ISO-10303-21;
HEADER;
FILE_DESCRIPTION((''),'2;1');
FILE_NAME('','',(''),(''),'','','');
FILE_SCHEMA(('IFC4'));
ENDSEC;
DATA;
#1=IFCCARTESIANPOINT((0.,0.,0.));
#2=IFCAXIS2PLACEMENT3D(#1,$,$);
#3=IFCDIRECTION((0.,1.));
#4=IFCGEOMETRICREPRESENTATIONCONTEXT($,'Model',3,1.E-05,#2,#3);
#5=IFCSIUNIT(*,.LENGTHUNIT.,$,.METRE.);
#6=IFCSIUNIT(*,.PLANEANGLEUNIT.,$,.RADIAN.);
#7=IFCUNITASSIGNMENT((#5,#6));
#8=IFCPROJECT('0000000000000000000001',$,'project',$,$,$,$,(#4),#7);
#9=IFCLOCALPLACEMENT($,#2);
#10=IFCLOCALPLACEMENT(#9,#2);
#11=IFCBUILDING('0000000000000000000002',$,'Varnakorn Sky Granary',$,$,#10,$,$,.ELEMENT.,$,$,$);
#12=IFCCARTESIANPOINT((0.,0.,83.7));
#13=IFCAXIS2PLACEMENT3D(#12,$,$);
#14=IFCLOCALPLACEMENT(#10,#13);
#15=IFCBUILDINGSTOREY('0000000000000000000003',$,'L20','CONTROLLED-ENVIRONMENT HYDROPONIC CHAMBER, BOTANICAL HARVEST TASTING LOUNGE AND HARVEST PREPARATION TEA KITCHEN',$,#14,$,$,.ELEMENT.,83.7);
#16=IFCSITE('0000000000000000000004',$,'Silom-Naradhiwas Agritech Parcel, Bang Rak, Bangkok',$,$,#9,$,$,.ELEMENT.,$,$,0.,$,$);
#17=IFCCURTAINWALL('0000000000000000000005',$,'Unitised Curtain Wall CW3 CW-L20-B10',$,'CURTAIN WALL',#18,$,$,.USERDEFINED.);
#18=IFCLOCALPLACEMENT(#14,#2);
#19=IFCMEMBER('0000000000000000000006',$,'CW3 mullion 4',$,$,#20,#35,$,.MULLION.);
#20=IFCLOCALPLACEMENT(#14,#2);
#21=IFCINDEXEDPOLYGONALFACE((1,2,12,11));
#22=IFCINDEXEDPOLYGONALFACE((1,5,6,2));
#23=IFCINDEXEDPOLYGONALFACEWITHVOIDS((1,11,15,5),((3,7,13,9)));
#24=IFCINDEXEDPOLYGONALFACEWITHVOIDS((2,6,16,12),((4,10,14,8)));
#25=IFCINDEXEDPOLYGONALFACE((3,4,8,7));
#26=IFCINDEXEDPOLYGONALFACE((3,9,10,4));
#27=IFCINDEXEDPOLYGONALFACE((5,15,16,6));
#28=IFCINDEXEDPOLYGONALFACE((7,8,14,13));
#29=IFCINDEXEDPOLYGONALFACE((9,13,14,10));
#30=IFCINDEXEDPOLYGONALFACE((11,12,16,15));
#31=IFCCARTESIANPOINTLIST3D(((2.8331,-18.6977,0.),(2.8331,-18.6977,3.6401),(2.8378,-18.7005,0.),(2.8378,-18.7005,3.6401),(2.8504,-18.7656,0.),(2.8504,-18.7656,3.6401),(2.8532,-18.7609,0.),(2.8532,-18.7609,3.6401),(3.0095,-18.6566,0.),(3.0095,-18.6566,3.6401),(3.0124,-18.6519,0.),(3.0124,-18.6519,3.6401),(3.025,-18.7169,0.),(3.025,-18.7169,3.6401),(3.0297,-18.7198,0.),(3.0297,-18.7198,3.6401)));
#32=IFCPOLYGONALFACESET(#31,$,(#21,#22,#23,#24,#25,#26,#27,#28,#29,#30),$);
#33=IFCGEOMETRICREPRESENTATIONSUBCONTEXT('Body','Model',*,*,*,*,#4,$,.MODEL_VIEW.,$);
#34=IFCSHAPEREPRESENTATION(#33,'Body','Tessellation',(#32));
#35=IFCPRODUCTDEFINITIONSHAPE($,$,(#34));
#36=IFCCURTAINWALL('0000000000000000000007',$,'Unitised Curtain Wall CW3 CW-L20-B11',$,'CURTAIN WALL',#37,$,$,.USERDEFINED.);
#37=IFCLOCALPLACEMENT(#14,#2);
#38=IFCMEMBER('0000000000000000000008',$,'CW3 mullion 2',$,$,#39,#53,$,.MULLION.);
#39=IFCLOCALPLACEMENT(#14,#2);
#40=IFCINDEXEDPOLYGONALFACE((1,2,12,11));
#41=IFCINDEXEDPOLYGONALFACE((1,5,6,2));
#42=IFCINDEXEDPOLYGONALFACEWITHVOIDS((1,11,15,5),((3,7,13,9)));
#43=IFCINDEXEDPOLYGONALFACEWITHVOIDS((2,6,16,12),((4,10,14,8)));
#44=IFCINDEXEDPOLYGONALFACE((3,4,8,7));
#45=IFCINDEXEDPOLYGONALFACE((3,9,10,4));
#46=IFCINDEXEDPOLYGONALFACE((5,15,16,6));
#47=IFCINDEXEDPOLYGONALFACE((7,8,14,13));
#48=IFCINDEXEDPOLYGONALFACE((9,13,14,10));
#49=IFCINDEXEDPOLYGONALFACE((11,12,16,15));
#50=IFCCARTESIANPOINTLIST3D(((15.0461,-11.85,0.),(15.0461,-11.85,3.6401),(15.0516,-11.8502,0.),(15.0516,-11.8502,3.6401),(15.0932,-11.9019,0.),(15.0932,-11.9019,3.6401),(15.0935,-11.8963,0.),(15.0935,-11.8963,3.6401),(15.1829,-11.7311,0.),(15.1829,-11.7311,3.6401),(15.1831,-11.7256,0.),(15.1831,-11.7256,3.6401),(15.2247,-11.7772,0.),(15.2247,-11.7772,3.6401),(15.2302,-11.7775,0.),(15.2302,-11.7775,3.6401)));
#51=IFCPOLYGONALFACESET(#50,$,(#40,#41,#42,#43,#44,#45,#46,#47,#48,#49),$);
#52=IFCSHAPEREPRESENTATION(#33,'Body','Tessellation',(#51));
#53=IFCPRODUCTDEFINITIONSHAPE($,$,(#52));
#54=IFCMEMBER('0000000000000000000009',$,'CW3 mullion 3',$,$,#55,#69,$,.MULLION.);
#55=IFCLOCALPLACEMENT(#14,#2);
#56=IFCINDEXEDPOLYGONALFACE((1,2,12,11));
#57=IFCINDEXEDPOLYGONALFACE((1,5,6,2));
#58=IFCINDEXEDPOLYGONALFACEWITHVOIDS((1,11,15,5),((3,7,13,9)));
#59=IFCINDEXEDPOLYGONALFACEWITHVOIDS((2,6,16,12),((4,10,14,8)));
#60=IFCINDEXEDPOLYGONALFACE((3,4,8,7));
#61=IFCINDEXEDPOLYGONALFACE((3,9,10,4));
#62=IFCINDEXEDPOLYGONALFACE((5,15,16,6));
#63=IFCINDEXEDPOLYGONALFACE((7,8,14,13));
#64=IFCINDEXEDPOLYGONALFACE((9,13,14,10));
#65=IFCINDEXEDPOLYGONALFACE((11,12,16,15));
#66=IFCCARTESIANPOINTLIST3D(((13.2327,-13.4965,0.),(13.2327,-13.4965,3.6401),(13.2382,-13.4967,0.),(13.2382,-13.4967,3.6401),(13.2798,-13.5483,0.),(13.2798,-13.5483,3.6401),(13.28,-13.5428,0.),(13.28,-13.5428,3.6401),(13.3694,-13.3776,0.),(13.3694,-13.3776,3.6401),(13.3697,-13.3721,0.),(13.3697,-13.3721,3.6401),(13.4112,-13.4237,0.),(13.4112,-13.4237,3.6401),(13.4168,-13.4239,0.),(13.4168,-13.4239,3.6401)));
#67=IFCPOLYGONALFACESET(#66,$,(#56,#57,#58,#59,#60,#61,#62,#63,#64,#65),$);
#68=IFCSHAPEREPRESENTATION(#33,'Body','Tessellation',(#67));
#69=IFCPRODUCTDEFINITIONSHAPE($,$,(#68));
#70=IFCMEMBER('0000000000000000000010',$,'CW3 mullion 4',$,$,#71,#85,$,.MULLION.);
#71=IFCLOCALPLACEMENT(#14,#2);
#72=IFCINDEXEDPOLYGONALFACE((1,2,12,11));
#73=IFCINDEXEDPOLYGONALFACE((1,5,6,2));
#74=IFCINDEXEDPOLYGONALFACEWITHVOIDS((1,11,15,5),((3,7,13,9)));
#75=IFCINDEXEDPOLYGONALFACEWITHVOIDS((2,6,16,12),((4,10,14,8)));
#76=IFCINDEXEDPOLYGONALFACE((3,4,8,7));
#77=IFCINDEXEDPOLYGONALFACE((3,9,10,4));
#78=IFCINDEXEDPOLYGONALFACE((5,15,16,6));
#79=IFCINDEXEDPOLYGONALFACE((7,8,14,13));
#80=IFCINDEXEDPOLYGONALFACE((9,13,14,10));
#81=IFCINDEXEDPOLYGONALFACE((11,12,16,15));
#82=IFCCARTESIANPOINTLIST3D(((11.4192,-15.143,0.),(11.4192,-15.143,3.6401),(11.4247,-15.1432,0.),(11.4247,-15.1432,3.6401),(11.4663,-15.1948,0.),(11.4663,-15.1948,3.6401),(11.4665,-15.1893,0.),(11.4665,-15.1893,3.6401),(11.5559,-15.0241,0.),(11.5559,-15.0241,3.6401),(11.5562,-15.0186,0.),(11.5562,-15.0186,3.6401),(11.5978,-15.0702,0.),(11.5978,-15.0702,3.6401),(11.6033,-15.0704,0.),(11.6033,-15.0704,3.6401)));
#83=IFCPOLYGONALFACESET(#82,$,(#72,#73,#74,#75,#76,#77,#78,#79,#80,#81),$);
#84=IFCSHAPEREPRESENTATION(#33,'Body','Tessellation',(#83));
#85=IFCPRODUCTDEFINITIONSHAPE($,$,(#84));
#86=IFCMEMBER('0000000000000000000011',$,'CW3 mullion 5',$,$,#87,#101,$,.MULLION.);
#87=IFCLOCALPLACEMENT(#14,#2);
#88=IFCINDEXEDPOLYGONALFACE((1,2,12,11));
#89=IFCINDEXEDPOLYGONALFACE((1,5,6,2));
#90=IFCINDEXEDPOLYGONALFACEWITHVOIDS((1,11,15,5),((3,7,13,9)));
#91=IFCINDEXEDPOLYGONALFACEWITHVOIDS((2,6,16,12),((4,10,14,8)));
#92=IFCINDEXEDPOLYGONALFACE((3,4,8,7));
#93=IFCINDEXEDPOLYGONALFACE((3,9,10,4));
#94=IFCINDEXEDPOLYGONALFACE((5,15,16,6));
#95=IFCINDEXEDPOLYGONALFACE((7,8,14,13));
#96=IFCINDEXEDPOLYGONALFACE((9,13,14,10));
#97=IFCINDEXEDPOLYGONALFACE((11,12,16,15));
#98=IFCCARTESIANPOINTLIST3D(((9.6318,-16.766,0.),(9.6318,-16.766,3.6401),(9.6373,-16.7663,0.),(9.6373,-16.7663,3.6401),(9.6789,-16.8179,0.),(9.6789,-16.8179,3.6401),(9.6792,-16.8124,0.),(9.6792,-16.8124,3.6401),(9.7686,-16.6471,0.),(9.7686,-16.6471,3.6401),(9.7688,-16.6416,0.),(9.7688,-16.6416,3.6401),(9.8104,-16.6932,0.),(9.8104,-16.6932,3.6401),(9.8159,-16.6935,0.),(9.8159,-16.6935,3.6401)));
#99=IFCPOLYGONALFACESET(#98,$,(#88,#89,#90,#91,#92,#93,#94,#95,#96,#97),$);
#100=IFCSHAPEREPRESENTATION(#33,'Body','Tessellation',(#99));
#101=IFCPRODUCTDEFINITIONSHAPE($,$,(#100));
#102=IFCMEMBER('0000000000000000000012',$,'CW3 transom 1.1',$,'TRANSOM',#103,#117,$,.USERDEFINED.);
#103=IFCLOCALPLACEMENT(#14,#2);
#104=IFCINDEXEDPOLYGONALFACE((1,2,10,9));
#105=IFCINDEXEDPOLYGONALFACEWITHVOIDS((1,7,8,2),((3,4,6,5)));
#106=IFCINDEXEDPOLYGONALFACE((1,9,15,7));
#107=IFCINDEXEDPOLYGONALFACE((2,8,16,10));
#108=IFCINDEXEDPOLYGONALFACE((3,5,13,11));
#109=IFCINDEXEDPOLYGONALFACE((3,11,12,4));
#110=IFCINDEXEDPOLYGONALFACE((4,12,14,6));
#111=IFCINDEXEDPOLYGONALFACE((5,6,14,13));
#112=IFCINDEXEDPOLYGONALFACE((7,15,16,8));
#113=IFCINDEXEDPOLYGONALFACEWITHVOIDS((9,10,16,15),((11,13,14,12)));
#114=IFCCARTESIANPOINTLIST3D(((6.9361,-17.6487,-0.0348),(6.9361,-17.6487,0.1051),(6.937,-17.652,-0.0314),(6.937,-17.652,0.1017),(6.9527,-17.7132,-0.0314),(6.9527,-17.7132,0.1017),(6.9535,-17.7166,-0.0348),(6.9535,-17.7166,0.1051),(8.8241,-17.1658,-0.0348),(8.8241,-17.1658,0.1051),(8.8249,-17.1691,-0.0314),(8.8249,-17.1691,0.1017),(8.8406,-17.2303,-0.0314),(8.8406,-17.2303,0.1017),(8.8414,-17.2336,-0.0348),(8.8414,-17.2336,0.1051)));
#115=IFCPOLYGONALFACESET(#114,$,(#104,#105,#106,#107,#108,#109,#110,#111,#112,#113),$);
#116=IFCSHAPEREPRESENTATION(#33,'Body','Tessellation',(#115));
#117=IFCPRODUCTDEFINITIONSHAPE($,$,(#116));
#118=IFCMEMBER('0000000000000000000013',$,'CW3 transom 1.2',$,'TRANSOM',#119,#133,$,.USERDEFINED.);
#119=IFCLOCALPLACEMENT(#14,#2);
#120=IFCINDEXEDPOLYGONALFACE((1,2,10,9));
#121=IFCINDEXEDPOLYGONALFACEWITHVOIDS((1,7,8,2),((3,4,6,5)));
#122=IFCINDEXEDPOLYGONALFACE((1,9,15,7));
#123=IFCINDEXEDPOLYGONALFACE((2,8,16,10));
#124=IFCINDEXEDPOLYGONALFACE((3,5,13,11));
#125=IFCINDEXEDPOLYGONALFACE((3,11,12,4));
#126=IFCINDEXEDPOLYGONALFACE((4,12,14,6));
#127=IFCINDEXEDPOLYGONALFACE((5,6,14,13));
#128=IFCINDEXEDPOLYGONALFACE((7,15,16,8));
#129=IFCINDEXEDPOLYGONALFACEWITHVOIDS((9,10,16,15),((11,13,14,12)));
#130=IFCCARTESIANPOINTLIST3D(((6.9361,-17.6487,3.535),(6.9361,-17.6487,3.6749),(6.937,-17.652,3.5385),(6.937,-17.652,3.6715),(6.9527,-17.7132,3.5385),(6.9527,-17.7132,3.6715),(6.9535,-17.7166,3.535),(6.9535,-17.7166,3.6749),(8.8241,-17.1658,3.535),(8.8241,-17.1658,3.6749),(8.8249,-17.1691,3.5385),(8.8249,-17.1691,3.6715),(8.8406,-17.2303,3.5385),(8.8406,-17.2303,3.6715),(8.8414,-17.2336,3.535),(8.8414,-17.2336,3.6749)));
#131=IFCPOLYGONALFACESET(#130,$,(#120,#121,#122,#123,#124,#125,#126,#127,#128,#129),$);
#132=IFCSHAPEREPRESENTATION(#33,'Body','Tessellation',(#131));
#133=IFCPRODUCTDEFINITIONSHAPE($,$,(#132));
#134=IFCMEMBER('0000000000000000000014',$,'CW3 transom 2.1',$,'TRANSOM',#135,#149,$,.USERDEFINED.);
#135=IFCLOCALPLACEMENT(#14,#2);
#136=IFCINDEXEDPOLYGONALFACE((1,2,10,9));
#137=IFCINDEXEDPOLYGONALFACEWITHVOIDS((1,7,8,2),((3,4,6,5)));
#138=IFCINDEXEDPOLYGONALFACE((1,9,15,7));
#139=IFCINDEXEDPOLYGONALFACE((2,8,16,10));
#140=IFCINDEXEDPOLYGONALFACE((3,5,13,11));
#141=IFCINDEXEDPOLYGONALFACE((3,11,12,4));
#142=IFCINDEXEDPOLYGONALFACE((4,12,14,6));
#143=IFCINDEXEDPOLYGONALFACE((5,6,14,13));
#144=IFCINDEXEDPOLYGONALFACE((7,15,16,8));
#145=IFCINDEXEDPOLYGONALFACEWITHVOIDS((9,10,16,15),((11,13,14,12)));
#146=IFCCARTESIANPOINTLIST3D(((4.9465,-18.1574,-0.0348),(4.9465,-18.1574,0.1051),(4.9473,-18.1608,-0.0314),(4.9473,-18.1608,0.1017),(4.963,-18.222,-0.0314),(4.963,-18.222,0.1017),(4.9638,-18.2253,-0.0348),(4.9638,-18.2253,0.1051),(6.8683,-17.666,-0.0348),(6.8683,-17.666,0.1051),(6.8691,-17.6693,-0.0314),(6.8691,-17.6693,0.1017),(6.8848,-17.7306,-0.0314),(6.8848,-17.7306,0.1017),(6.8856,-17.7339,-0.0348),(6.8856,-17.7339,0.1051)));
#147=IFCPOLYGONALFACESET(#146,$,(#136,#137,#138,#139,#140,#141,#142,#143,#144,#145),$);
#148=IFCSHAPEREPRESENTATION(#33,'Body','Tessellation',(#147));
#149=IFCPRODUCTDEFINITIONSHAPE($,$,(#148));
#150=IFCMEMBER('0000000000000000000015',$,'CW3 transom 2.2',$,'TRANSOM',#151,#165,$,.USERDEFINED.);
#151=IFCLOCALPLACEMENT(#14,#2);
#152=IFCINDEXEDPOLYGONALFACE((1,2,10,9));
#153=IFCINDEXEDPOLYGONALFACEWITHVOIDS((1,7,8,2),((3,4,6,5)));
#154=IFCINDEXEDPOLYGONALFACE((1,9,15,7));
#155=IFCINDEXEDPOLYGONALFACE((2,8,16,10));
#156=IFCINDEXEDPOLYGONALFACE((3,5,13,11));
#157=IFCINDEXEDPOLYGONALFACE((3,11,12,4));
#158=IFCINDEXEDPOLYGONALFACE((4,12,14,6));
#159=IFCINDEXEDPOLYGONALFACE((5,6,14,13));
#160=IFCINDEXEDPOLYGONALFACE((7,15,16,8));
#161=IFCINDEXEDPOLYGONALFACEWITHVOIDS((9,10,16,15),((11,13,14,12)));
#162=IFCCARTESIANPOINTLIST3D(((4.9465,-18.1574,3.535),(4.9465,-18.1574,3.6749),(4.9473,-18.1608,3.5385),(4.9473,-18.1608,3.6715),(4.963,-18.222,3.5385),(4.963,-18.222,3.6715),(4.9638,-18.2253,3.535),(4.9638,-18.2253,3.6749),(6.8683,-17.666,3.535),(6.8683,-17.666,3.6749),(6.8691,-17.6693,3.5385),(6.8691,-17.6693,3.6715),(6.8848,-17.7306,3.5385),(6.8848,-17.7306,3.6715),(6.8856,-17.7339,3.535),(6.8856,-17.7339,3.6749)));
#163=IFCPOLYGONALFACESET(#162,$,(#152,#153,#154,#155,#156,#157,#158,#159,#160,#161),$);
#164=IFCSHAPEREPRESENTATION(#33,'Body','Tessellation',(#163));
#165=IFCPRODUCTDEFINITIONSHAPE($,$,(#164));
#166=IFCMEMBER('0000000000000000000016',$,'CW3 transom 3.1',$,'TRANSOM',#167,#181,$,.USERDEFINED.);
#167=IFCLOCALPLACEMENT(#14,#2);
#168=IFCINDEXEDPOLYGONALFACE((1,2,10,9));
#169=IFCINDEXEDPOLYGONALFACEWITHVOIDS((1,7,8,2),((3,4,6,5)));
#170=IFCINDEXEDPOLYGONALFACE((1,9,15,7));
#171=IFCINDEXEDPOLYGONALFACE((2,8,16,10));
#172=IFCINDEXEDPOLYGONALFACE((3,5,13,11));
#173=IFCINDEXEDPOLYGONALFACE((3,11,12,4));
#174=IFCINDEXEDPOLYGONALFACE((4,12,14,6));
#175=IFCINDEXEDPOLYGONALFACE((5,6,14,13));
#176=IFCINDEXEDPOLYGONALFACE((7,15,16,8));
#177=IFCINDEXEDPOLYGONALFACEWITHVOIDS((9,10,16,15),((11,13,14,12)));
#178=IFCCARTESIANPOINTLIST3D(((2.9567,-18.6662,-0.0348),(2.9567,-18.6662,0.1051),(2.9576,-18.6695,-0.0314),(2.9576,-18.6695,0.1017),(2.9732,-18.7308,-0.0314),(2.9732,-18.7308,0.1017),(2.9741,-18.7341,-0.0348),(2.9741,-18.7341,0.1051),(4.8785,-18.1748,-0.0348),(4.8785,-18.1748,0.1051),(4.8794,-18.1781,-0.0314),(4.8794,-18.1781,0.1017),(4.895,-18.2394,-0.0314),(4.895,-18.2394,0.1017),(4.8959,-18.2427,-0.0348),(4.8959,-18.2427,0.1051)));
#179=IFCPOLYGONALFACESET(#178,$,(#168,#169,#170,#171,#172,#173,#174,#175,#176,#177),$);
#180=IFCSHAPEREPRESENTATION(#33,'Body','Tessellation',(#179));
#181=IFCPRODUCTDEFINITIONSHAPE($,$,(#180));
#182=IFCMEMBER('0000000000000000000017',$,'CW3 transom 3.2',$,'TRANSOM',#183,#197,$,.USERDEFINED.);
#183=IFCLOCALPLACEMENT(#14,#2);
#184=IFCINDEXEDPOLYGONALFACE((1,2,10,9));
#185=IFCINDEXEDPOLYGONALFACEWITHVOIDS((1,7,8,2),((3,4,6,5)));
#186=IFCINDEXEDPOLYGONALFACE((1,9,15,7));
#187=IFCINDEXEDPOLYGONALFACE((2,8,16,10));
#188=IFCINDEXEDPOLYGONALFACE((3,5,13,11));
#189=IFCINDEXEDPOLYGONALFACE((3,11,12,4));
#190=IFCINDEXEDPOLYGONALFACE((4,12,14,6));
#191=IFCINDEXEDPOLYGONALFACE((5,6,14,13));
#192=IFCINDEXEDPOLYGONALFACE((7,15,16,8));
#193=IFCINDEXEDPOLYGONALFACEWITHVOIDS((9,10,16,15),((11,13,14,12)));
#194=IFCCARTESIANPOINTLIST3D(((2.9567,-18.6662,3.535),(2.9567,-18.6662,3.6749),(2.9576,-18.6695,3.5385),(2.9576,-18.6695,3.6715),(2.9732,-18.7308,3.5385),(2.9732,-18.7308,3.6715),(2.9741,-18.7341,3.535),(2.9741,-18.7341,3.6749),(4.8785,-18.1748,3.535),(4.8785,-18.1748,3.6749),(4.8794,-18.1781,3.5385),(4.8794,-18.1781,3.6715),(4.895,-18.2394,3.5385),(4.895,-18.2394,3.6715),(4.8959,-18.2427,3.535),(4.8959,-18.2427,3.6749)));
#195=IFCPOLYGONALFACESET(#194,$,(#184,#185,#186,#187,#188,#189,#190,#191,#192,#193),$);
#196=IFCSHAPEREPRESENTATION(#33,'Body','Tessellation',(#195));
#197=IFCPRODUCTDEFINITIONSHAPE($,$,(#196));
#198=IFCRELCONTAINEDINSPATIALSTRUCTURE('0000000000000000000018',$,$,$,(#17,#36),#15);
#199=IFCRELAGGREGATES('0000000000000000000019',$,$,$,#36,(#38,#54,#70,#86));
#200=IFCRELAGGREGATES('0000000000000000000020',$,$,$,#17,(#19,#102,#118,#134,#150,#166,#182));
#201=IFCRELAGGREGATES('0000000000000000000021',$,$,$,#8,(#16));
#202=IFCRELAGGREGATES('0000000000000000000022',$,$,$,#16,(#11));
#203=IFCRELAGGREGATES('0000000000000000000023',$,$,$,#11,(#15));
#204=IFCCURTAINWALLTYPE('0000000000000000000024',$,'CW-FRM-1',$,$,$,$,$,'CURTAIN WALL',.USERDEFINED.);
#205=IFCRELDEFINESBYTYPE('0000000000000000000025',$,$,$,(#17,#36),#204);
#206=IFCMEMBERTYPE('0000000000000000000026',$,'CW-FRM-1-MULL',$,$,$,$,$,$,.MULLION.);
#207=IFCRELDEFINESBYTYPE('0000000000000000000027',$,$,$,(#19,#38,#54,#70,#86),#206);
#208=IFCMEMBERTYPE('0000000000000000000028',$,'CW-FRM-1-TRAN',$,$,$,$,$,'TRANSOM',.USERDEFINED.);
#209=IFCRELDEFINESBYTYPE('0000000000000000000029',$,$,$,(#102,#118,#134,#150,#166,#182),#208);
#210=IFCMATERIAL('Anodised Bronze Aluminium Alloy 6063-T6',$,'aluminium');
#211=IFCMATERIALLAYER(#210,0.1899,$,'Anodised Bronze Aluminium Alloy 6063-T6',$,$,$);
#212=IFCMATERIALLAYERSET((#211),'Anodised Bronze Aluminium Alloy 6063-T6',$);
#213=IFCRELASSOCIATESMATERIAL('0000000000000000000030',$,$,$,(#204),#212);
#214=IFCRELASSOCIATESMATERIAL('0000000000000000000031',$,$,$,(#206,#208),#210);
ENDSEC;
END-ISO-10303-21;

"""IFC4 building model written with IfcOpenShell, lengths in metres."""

from ifc_helpers import new_model, si_unit, direction, frame, origin, origin_2d, place, context, subcontext, project, spatial, hollow_rectangle, extrude, material, layer, layer_set, material_profile, profile_set, type_object, element, aggregate, save


model = new_model("IFC4")

# Units and contexts
model_context = context("Model", 3, precision=1e-05, world=origin(), true_north=direction((0.0, 1.0)))
body_context = subcontext(model_context, "Body", "Model", "MODEL_VIEW")
ifc_project = project(units=[si_unit("LENGTHUNIT", "METRE"), si_unit("PLANEANGLEUNIT", "RADIAN")], contexts=[model_context])

# Site, building, storey
site_placement = place(None, origin())
site = spatial("IfcSite", under=ifc_project, at=site_placement, Name="Silom-Naradhiwas Agritech Parcel, Bang Rak, Bangkok", CompositionType="ELEMENT", RefElevation=0.0)
building_placement = place(site_placement, origin())
building = spatial("IfcBuilding", under=site, at=building_placement, Name="Varnakorn Sky Granary", CompositionType="ELEMENT")
storey_placement = place(building_placement, frame((0.0, 0.0, 83.7)))
storey = spatial("IfcBuildingStorey", under=building, at=storey_placement, Name="L20", Description="CONTROLLED-ENVIRONMENT HYDROPONIC CHAMBER, BOTANICAL HARVEST TASTING LOUNGE AND HARVEST PREPARATION TEA KITCHEN", CompositionType="ELEMENT", Elevation=83.7)

# Curtain walls, members
ifc_material_1 = material(Name="Anodised Bronze Aluminium Alloy 6063-T6", Category="aluminium")
ifc_layer_1 = layer(ifc_material_1, 0.1899, Name="Anodised Bronze Aluminium Alloy 6063-T6")
ifc_layer_set_1 = layer_set([ifc_layer_1], Name="Anodised Bronze Aluminium Alloy 6063-T6")
curtain_wall_type = type_object("IfcCurtainWallType", Name="CW-FRM-1", ElementType="CURTAIN WALL", PredefinedType="USERDEFINED", material=ifc_layer_set_1)
curtain_wall_1_placement = place(storey_placement, origin())
curtain_wall_1 = element("IfcCurtainWall", 1, at=curtain_wall_1_placement, inside=storey, type_object=curtain_wall_type, Name="Unitised Curtain Wall CW3 CW-L20-B10", ObjectType="CURTAIN WALL", PredefinedType="USERDEFINED")
ifc_material_profile_1 = material_profile(ifc_material_1, hollow_rectangle(XDim=0.0701, YDim=0.1851, WallThickness=0.0039, at=origin_2d()), Name="ALU MULL 70x185")
ifc_profile_set_1 = profile_set([ifc_material_profile_1], Name="Anodised Bronze Aluminium Alloy 6063-T6")
member_type_1 = type_object("IfcMemberType", Name="CW-FRM-1-MULL", PredefinedType="MULLION", material=ifc_profile_set_1)
member_1_placement = place(storey_placement, frame((2.9314, -18.7087, 0.0), z_axis=(0.0, 0.0, 1.0), x_axis=(0.247745, -0.968825, 0.0)))
member_1 = element("IfcMember", 2, at=member_1_placement, type_object=member_type_1, Name="CW3 mullion 4", PredefinedType="MULLION", context=body_context, shape_type="SweptSolid", body=[
    extrude(hollow_rectangle(XDim=0.0701, YDim=0.1851, WallThickness=0.0039, at=origin_2d()), origin(), (0.0, 0.0, 1.0), 3.6401),
])
curtain_wall_2_placement = place(storey_placement, origin())
curtain_wall_2 = element("IfcCurtainWall", 3, at=curtain_wall_2_placement, inside=storey, type_object=curtain_wall_type, Name="Unitised Curtain Wall CW3 CW-L20-B11", ObjectType="CURTAIN WALL", PredefinedType="USERDEFINED")
member_2_placement = place(storey_placement, frame((15.1382, -11.8137, 0.0), z_axis=(0.0, 0.0, 1.0), x_axis=(0.672211, -0.74036, 0.0)))
member_2 = element("IfcMember", 4, at=member_2_placement, type_object=member_type_1, Name="CW3 mullion 2", PredefinedType="MULLION", context=body_context, shape_type="SweptSolid", body=[
    extrude(hollow_rectangle(XDim=0.0701, YDim=0.1851, WallThickness=0.0039, at=origin_2d()), origin(), (0.0, 0.0, 1.0), 3.6401),
])
member_3_placement = place(storey_placement, frame((13.3247, -13.4602, 0.0), z_axis=(0.0, 0.0, 1.0), x_axis=(0.672211, -0.74036, 0.0)))
member_3 = element("IfcMember", 5, at=member_3_placement, type_object=member_type_1, Name="CW3 mullion 3", PredefinedType="MULLION", context=body_context, shape_type="SweptSolid", body=[
    extrude(hollow_rectangle(XDim=0.0701, YDim=0.1851, WallThickness=0.0039, at=origin_2d()), origin(), (0.0, 0.0, 1.0), 3.6401),
])
member_4_placement = place(storey_placement, frame((11.5112, -15.1067, 0.0), z_axis=(0.0, 0.0, 1.0), x_axis=(0.672211, -0.74036, 0.0)))
member_4 = element("IfcMember", 6, at=member_4_placement, type_object=member_type_1, Name="CW3 mullion 4", PredefinedType="MULLION", context=body_context, shape_type="SweptSolid", body=[
    extrude(hollow_rectangle(XDim=0.0701, YDim=0.1851, WallThickness=0.0039, at=origin_2d()), origin(), (0.0, 0.0, 1.0), 3.6401),
])
member_5_placement = place(storey_placement, frame((9.7239, -16.7297, 0.0), z_axis=(0.0, 0.0, 1.0), x_axis=(0.672211, -0.74036, 0.0)))
member_5 = element("IfcMember", 7, at=member_5_placement, type_object=member_type_1, Name="CW3 mullion 5", PredefinedType="MULLION", context=body_context, shape_type="SweptSolid", body=[
    extrude(hollow_rectangle(XDim=0.0701, YDim=0.1851, WallThickness=0.0039, at=origin_2d()), origin(), (0.0, 0.0, 1.0), 3.6401),
])

# Members
ifc_material_profile_2 = material_profile(ifc_material_1, hollow_rectangle(XDim=0.0701, YDim=0.1399, WallThickness=0.0034, at=origin_2d()), Name="ALU TRAN 70x140")
ifc_profile_set_2 = profile_set([ifc_material_profile_2], Name="Anodised Bronze Aluminium Alloy 6063-T6")
member_type_2 = type_object("IfcMemberType", Name="CW-FRM-1-TRAN", ElementType="TRANSOM", PredefinedType="USERDEFINED", material=ifc_profile_set_2)
member_6_placement = place(storey_placement, frame((8.8328, -17.1997, 0.0352), z_axis=(-0.968809, -0.247809, 0.0), x_axis=(0.247809, -0.968809, 0.0)))
member_6 = element("IfcMember", 8, at=member_6_placement, type_object=member_type_2, Name="CW3 transom 1.1", ObjectType="TRANSOM", PredefinedType="USERDEFINED", context=body_context, shape_type="SweptSolid", body=[
    extrude(hollow_rectangle(XDim=0.0701, YDim=0.1399, WallThickness=0.0034, at=origin_2d()), origin(), (0.0, 0.0, 1.0), 1.9487),
])
member_7_placement = place(storey_placement, frame((8.8328, -17.1997, 3.605), z_axis=(-0.968809, -0.247809, 0.0), x_axis=(0.247809, -0.968809, 0.0)))
member_7 = element("IfcMember", 9, at=member_7_placement, type_object=member_type_2, Name="CW3 transom 1.2", ObjectType="TRANSOM", PredefinedType="USERDEFINED", context=body_context, shape_type="SweptSolid", body=[
    extrude(hollow_rectangle(XDim=0.0701, YDim=0.1399, WallThickness=0.0034, at=origin_2d()), origin(), (0.0, 0.0, 1.0), 1.9487),
])
member_8_placement = place(storey_placement, frame((6.877, -17.7, 0.0352), z_axis=(-0.968825, -0.247745, 0.0), x_axis=(0.247745, -0.968825, 0.0)))
member_8 = element("IfcMember", 10, at=member_8_placement, type_object=member_type_2, Name="CW3 transom 2.1", ObjectType="TRANSOM", PredefinedType="USERDEFINED", context=body_context, shape_type="SweptSolid", body=[
    extrude(hollow_rectangle(XDim=0.0701, YDim=0.1399, WallThickness=0.0034, at=origin_2d()), origin(), (0.0, 0.0, 1.0), 1.9836),
])
member_9_placement = place(storey_placement, frame((6.877, -17.7, 3.605), z_axis=(-0.968825, -0.247745, 0.0), x_axis=(0.247745, -0.968825, 0.0)))
member_9 = element("IfcMember", 11, at=member_9_placement, type_object=member_type_2, Name="CW3 transom 2.2", ObjectType="TRANSOM", PredefinedType="USERDEFINED", context=body_context, shape_type="SweptSolid", body=[
    extrude(hollow_rectangle(XDim=0.0701, YDim=0.1399, WallThickness=0.0034, at=origin_2d()), origin(), (0.0, 0.0, 1.0), 1.9836),
])
member_10_placement = place(storey_placement, frame((4.8872, -18.2087, 0.0352), z_axis=(-0.968825, -0.247745, 0.0), x_axis=(0.247745, -0.968825, 0.0)))
member_10 = element("IfcMember", 12, at=member_10_placement, type_object=member_type_2, Name="CW3 transom 3.1", ObjectType="TRANSOM", PredefinedType="USERDEFINED", context=body_context, shape_type="SweptSolid", body=[
    extrude(hollow_rectangle(XDim=0.0701, YDim=0.1399, WallThickness=0.0034, at=origin_2d()), origin(), (0.0, 0.0, 1.0), 1.9836),
])
member_11_placement = place(storey_placement, frame((4.8872, -18.2087, 3.605), z_axis=(-0.968825, -0.247745, 0.0), x_axis=(0.247745, -0.968825, 0.0)))
member_11 = element("IfcMember", 13, at=member_11_placement, type_object=member_type_2, Name="CW3 transom 3.2", ObjectType="TRANSOM", PredefinedType="USERDEFINED", context=body_context, shape_type="SweptSolid", body=[
    extrude(hollow_rectangle(XDim=0.0701, YDim=0.1399, WallThickness=0.0034, at=origin_2d()), origin(), (0.0, 0.0, 1.0), 1.9836),
])

aggregate(curtain_wall_2, [member_2, member_3, member_4, member_5])
aggregate(curtain_wall_1, [member_1, member_6, member_7, member_8, member_9, member_10, member_11])

save(model, "model.ifc")
